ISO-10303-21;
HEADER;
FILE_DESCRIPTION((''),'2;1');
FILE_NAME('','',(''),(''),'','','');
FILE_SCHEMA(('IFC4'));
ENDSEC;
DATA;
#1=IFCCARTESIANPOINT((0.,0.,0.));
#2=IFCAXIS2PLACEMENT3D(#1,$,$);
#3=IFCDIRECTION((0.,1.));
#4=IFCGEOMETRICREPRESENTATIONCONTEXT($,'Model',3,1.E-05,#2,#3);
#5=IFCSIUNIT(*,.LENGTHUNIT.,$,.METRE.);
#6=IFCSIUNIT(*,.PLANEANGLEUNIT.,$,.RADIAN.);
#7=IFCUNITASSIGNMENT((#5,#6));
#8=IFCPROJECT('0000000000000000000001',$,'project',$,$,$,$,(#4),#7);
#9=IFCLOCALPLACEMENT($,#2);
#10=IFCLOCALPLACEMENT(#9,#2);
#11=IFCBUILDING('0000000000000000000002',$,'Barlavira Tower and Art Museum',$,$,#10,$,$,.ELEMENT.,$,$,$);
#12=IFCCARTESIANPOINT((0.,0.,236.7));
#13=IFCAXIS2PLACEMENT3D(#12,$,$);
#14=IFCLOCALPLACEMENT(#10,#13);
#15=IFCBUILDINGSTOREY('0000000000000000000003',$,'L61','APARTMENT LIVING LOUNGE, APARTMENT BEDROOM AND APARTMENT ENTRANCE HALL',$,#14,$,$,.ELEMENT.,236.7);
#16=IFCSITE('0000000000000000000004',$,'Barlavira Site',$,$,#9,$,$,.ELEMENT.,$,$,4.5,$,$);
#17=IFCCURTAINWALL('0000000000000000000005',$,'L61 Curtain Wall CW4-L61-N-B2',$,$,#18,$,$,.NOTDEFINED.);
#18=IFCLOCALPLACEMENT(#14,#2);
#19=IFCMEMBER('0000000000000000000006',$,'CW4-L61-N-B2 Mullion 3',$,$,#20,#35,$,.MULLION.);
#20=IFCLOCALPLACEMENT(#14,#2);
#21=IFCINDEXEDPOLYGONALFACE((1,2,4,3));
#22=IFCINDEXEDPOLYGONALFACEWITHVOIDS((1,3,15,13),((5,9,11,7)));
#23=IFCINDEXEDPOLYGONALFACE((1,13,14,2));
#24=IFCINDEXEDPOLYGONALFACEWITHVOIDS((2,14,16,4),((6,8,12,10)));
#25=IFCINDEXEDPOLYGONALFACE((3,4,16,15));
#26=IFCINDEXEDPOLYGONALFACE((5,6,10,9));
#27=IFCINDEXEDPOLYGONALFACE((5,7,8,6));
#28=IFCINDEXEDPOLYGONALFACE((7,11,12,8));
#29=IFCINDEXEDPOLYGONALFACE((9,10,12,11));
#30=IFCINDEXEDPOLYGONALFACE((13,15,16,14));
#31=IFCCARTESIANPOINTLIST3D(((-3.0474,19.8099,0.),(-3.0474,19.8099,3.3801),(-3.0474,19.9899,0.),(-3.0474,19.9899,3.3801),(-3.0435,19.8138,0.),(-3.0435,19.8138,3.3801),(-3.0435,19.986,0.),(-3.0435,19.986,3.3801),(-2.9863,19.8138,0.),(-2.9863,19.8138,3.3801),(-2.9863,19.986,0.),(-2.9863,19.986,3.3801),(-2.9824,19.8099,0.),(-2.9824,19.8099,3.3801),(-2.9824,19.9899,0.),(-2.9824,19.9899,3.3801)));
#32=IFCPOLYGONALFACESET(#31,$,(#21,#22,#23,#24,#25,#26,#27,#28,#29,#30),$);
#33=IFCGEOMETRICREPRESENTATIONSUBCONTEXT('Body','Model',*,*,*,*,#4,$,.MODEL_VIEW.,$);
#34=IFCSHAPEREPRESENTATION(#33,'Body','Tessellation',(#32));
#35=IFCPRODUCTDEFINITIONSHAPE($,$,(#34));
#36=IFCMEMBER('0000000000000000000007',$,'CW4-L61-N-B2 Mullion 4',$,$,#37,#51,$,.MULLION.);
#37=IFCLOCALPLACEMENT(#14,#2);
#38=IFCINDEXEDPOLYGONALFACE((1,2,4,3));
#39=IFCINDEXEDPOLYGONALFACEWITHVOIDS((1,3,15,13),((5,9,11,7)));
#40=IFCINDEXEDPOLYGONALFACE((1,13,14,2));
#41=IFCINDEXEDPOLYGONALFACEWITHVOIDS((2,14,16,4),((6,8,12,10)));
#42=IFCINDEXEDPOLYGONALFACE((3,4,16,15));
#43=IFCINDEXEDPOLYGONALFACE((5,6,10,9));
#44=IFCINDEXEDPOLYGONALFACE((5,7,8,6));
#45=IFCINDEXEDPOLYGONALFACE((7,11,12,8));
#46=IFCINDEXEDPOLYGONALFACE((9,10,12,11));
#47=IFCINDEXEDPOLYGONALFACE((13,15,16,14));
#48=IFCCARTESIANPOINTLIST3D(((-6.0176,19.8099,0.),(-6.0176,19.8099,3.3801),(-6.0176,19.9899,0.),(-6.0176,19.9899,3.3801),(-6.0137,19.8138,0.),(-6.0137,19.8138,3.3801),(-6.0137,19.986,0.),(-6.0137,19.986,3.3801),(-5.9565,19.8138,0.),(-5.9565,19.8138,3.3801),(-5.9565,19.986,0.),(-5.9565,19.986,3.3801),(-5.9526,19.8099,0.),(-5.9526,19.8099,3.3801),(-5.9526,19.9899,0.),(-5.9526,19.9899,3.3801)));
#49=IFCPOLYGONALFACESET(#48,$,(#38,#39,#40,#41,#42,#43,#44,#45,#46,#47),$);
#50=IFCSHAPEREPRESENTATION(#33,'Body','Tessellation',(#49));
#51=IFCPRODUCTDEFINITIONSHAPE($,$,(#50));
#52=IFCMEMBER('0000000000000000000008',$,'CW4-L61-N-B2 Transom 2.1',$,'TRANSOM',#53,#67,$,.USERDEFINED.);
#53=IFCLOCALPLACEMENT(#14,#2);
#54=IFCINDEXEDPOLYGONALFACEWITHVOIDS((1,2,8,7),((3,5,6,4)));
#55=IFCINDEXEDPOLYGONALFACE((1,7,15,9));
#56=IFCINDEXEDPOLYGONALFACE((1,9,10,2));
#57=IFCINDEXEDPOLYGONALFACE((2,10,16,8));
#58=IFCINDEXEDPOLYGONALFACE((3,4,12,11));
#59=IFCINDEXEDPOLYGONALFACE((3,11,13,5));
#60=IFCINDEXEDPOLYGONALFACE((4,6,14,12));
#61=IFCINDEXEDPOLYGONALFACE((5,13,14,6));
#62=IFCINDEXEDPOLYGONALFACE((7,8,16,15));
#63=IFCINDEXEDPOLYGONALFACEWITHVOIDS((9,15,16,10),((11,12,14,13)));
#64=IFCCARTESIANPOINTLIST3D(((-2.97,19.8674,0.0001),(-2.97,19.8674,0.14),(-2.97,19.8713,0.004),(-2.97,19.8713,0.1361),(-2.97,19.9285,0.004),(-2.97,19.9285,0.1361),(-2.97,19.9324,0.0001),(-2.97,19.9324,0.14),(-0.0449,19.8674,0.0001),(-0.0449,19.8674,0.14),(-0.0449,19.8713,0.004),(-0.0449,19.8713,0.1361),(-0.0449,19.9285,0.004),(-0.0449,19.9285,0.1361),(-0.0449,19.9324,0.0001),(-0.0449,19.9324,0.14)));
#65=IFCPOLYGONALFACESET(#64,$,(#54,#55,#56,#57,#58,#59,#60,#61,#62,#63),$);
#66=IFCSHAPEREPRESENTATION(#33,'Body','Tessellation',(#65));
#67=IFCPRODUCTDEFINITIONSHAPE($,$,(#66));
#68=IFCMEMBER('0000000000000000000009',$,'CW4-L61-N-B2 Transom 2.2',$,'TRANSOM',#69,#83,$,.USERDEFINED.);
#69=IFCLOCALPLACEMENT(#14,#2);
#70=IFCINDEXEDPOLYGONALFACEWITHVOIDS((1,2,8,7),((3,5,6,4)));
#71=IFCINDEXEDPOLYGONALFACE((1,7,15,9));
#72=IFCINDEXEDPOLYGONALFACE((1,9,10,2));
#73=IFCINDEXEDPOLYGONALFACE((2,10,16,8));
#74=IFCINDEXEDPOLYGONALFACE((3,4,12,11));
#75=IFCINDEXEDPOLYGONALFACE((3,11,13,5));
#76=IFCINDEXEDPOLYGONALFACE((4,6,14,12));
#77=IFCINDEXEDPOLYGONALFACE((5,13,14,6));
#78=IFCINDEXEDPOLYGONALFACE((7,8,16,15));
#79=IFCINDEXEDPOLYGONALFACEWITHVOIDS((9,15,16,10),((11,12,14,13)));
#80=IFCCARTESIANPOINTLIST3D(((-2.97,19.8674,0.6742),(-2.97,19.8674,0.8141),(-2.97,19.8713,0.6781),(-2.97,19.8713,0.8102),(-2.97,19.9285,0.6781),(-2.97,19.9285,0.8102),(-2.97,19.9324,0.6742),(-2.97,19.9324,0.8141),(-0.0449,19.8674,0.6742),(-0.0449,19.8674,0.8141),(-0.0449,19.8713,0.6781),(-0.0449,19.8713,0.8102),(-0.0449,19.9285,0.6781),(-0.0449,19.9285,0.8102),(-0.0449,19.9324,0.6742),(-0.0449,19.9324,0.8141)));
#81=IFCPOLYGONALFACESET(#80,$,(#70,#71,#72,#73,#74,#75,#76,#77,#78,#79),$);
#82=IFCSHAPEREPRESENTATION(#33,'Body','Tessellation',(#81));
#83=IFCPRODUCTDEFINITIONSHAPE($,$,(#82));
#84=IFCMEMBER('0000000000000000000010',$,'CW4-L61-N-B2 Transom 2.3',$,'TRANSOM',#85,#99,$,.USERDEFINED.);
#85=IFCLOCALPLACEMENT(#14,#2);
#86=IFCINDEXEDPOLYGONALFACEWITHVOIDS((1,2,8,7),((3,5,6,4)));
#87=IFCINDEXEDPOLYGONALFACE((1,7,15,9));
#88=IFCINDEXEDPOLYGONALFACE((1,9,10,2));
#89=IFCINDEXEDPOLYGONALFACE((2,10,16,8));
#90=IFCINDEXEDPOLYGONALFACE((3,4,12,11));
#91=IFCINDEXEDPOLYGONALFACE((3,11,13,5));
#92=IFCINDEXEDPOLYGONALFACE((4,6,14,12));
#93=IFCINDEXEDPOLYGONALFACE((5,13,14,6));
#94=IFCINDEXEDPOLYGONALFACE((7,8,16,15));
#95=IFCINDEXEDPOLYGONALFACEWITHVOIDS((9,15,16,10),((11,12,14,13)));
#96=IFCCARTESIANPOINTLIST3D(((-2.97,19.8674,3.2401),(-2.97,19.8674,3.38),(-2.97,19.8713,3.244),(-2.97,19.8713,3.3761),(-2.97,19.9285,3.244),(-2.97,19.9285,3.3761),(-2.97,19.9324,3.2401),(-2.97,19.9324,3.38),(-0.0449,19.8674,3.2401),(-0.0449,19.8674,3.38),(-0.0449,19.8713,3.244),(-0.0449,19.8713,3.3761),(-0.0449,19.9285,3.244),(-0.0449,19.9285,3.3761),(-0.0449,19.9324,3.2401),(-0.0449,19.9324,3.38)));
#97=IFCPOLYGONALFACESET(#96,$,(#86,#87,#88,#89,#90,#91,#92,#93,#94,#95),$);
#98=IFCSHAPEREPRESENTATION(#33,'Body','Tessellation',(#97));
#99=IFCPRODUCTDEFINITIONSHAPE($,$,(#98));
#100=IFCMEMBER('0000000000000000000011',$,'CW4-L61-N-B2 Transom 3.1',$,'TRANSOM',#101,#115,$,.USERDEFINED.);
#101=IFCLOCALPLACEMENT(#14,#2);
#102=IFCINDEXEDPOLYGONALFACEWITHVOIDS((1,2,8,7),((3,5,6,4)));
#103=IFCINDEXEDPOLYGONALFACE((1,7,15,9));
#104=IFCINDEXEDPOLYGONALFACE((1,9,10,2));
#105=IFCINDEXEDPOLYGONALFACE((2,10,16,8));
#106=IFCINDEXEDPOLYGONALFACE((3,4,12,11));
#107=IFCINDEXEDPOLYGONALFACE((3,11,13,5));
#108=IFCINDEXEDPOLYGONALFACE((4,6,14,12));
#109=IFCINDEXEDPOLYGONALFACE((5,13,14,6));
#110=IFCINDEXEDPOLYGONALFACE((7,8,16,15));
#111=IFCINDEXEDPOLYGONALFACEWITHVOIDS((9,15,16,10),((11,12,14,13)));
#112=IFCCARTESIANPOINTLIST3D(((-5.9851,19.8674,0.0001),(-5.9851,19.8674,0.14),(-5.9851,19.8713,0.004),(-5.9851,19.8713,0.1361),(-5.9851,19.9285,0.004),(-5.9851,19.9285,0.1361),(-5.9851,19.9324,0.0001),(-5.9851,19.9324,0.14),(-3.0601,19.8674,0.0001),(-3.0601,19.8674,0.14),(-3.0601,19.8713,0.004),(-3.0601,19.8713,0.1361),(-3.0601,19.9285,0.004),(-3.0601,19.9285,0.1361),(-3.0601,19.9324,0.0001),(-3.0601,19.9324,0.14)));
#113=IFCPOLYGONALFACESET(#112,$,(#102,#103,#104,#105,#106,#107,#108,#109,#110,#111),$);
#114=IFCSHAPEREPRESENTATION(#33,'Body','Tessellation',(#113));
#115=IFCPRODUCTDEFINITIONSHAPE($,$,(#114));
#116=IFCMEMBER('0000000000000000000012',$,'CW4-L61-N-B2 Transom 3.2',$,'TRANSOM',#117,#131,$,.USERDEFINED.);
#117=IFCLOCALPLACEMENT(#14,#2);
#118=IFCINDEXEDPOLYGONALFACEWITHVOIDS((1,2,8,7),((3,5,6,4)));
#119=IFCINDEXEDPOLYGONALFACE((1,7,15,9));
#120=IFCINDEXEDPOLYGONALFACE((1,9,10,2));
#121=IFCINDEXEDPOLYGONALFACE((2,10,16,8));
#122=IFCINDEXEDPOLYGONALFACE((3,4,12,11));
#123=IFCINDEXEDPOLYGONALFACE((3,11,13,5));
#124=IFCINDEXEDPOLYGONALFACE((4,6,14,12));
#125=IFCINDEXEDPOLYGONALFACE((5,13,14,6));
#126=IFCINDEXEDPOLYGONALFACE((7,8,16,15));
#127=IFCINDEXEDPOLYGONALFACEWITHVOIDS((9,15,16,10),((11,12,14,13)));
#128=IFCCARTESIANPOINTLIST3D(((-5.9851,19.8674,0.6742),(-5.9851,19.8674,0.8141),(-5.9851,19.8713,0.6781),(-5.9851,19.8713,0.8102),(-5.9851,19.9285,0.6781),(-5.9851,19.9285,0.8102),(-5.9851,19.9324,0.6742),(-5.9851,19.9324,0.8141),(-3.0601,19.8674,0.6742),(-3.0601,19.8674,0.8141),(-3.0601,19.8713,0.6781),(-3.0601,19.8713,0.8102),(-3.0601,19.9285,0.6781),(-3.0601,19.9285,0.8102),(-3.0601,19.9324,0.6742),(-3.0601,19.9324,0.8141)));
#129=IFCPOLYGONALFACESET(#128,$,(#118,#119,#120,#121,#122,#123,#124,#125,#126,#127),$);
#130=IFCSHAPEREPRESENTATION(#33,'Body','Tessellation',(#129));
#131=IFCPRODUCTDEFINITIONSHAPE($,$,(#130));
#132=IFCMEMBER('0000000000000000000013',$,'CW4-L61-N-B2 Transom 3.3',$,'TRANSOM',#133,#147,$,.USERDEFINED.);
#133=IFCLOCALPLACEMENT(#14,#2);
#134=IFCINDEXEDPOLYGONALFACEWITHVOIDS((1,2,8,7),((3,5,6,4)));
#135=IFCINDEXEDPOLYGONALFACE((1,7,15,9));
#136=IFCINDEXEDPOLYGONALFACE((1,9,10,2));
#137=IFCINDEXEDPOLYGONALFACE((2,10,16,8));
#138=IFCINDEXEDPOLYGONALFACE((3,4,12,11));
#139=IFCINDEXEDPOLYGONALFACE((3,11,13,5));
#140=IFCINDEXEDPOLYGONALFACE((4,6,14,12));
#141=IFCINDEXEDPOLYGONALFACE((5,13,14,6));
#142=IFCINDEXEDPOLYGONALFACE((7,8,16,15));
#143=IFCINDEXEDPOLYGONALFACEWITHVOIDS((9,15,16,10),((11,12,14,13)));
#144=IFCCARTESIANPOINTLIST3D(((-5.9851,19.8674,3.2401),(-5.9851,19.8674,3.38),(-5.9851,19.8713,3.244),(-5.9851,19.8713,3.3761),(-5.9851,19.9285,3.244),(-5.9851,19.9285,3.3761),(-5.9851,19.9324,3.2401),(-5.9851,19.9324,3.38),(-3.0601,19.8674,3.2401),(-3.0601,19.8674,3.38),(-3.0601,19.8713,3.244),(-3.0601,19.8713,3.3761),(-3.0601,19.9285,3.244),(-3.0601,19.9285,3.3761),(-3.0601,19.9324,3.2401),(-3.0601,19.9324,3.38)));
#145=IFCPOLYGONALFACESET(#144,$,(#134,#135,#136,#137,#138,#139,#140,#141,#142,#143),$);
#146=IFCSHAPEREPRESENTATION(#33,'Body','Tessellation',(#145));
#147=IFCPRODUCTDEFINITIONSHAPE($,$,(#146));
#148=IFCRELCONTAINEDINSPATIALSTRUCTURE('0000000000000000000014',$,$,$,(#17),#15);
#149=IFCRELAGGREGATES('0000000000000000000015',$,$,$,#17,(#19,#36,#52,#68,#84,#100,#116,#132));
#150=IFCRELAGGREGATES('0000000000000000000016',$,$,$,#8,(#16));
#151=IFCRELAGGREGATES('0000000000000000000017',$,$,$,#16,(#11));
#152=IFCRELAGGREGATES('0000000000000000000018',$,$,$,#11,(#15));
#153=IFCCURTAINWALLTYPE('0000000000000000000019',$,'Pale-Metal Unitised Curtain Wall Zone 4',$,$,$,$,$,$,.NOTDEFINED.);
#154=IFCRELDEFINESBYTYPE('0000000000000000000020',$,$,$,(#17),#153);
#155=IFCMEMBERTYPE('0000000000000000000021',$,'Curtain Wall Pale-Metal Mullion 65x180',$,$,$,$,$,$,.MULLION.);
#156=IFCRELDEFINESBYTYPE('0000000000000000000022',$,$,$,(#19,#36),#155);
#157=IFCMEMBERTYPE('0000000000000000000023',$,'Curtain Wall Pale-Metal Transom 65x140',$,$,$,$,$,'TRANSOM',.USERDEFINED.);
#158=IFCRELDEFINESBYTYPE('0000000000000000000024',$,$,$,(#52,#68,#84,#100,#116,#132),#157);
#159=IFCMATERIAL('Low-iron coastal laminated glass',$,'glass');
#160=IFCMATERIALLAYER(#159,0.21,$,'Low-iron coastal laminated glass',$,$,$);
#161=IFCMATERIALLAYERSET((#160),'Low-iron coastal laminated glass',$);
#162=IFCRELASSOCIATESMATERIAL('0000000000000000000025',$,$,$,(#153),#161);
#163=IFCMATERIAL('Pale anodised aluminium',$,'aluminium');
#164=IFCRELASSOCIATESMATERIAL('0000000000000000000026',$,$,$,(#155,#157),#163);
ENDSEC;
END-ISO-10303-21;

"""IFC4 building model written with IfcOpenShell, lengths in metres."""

from ifc_helpers import new_model, si_unit, direction, frame, origin, origin_2d, place, context, subcontext, project, spatial, hollow_rectangle, extrude, material, layer, layer_set, material_profile, profile_set, type_object, element, aggregate, save


model = new_model("IFC4")

# Units and contexts
model_context = context("Model", 3, precision=1e-05, world=origin(), true_north=direction((0.0, 1.0)))
body_context = subcontext(model_context, "Body", "Model", "MODEL_VIEW")
ifc_project = project(units=[si_unit("LENGTHUNIT", "METRE"), si_unit("PLANEANGLEUNIT", "RADIAN")], contexts=[model_context])

# Site, building, storey
site_placement = place(None, origin())
site = spatial("IfcSite", under=ifc_project, at=site_placement, Name="Barlavira Site", CompositionType="ELEMENT", RefElevation=4.5)
building_placement = place(site_placement, origin())
building = spatial("IfcBuilding", under=site, at=building_placement, Name="Barlavira Tower and Art Museum", CompositionType="ELEMENT")
storey_placement = place(building_placement, frame((0.0, 0.0, 236.7)))
storey = spatial("IfcBuildingStorey", under=building, at=storey_placement, Name="L61", Description="APARTMENT LIVING LOUNGE, APARTMENT BEDROOM AND APARTMENT ENTRANCE HALL", CompositionType="ELEMENT", Elevation=236.7)

# Curtain wall, members
ifc_material_1 = material(Name="Low-iron coastal laminated glass", Category="glass")
ifc_layer_1 = layer(ifc_material_1, 0.21, Name="Low-iron coastal laminated glass")
ifc_layer_set_1 = layer_set([ifc_layer_1], Name="Low-iron coastal laminated glass")
curtain_wall_type = type_object("IfcCurtainWallType", Name="Pale-Metal Unitised Curtain Wall Zone 4", PredefinedType="NOTDEFINED", material=ifc_layer_set_1)
curtain_wall_placement = place(storey_placement, origin())
curtain_wall = element("IfcCurtainWall", 1, at=curtain_wall_placement, inside=storey, type_object=curtain_wall_type, Name="L61 Curtain Wall CW4-L61-N-B2", PredefinedType="NOTDEFINED")
ifc_material_2 = material(Name="Pale anodised aluminium", Category="aluminium")
ifc_material_profile_1 = material_profile(ifc_material_2, hollow_rectangle(XDim=0.0649, YDim=0.1799, WallThickness=0.0039, at=origin_2d()), Name="ALU-MULL 65x180x4")
ifc_profile_set_1 = profile_set([ifc_material_profile_1], Name="Pale anodised aluminium")
member_type_1 = type_object("IfcMemberType", Name="Curtain Wall Pale-Metal Mullion 65x180", PredefinedType="MULLION", material=ifc_profile_set_1)
member_1_placement = place(storey_placement, frame((-3.0149, 19.8999, 0.0), z_axis=(0.0, 0.0, 1.0), x_axis=(-1.0, 0.0, 0.0)))
member_1 = element("IfcMember", 2, at=member_1_placement, type_object=member_type_1, Name="CW4-L61-N-B2 Mullion 3", PredefinedType="MULLION", context=body_context, shape_type="SweptSolid", body=[
    extrude(hollow_rectangle(XDim=0.0649, YDim=0.1799, WallThickness=0.0039, at=origin_2d()), origin(), (0.0, 0.0, 1.0), 3.3801),
])
member_2_placement = place(storey_placement, frame((-5.9851, 19.8999, 0.0), z_axis=(0.0, 0.0, 1.0), x_axis=(-1.0, 0.0, 0.0)))
member_2 = element("IfcMember", 3, at=member_2_placement, type_object=member_type_1, Name="CW4-L61-N-B2 Mullion 4", PredefinedType="MULLION", context=body_context, shape_type="SweptSolid", body=[
    extrude(hollow_rectangle(XDim=0.0649, YDim=0.1799, WallThickness=0.0039, at=origin_2d()), origin(), (0.0, 0.0, 1.0), 3.3801),
])
ifc_material_profile_2 = material_profile(ifc_material_2, hollow_rectangle(XDim=0.0649, YDim=0.1399, WallThickness=0.0039, at=origin_2d()), Name="ALU-TRAN 65x140x4")
ifc_profile_set_2 = profile_set([ifc_material_profile_2], Name="Pale anodised aluminium")
member_type_2 = type_object("IfcMemberType", Name="Curtain Wall Pale-Metal Transom 65x140", ElementType="TRANSOM", PredefinedType="USERDEFINED", material=ifc_profile_set_2)
member_3_placement = place(storey_placement, frame((-0.0449, 19.8999, 0.0701), z_axis=(-1.0, 0.0, 0.0), x_axis=(0.0, -1.0, 0.0)))
member_3 = element("IfcMember", 4, at=member_3_placement, type_object=member_type_2, Name="CW4-L61-N-B2 Transom 2.1", ObjectType="TRANSOM", PredefinedType="USERDEFINED", context=body_context, shape_type="SweptSolid", body=[
    extrude(hollow_rectangle(XDim=0.0649, YDim=0.1399, WallThickness=0.0039, at=origin_2d()), origin(), (0.0, 0.0, 1.0), 2.925),
])
member_4_placement = place(storey_placement, frame((-0.0449, 19.8999, 0.7441), z_axis=(-1.0, 0.0, 0.0), x_axis=(0.0, -1.0, 0.0)))
member_4 = element("IfcMember", 5, at=member_4_placement, type_object=member_type_2, Name="CW4-L61-N-B2 Transom 2.2", ObjectType="TRANSOM", PredefinedType="USERDEFINED", context=body_context, shape_type="SweptSolid", body=[
    extrude(hollow_rectangle(XDim=0.0649, YDim=0.1399, WallThickness=0.0039, at=origin_2d()), origin(), (0.0, 0.0, 1.0), 2.925),
])
member_5_placement = place(storey_placement, frame((-0.0449, 19.8999, 3.3101), z_axis=(-1.0, 0.0, 0.0), x_axis=(0.0, -1.0, 0.0)))
member_5 = element("IfcMember", 6, at=member_5_placement, type_object=member_type_2, Name="CW4-L61-N-B2 Transom 2.3", ObjectType="TRANSOM", PredefinedType="USERDEFINED", context=body_context, shape_type="SweptSolid", body=[
    extrude(hollow_rectangle(XDim=0.0649, YDim=0.1399, WallThickness=0.0039, at=origin_2d()), origin(), (0.0, 0.0, 1.0), 2.925),
])
member_6_placement = place(storey_placement, frame((-3.0601, 19.8999, 0.0701), z_axis=(-1.0, 0.0, 0.0), x_axis=(0.0, -1.0, 0.0)))
member_6 = element("IfcMember", 7, at=member_6_placement, type_object=member_type_2, Name="CW4-L61-N-B2 Transom 3.1", ObjectType="TRANSOM", PredefinedType="USERDEFINED", context=body_context, shape_type="SweptSolid", body=[
    extrude(hollow_rectangle(XDim=0.0649, YDim=0.1399, WallThickness=0.0039, at=origin_2d()), origin(), (0.0, 0.0, 1.0), 2.925),
])
member_7_placement = place(storey_placement, frame((-3.0601, 19.8999, 0.7441), z_axis=(-1.0, 0.0, 0.0), x_axis=(0.0, -1.0, 0.0)))
member_7 = element("IfcMember", 8, at=member_7_placement, type_object=member_type_2, Name="CW4-L61-N-B2 Transom 3.2", ObjectType="TRANSOM", PredefinedType="USERDEFINED", context=body_context, shape_type="SweptSolid", body=[
    extrude(hollow_rectangle(XDim=0.0649, YDim=0.1399, WallThickness=0.0039, at=origin_2d()), origin(), (0.0, 0.0, 1.0), 2.925),
])
member_8_placement = place(storey_placement, frame((-3.0601, 19.8999, 3.3101), z_axis=(-1.0, 0.0, 0.0), x_axis=(0.0, -1.0, 0.0)))
member_8 = element("IfcMember", 9, at=member_8_placement, type_object=member_type_2, Name="CW4-L61-N-B2 Transom 3.3", ObjectType="TRANSOM", PredefinedType="USERDEFINED", context=body_context, shape_type="SweptSolid", body=[
    extrude(hollow_rectangle(XDim=0.0649, YDim=0.1399, WallThickness=0.0039, at=origin_2d()), origin(), (0.0, 0.0, 1.0), 2.925),
])

aggregate(curtain_wall, [member_1, member_2, member_3, member_4, member_5, member_6, member_7, member_8])

save(model, "model.ifc")
